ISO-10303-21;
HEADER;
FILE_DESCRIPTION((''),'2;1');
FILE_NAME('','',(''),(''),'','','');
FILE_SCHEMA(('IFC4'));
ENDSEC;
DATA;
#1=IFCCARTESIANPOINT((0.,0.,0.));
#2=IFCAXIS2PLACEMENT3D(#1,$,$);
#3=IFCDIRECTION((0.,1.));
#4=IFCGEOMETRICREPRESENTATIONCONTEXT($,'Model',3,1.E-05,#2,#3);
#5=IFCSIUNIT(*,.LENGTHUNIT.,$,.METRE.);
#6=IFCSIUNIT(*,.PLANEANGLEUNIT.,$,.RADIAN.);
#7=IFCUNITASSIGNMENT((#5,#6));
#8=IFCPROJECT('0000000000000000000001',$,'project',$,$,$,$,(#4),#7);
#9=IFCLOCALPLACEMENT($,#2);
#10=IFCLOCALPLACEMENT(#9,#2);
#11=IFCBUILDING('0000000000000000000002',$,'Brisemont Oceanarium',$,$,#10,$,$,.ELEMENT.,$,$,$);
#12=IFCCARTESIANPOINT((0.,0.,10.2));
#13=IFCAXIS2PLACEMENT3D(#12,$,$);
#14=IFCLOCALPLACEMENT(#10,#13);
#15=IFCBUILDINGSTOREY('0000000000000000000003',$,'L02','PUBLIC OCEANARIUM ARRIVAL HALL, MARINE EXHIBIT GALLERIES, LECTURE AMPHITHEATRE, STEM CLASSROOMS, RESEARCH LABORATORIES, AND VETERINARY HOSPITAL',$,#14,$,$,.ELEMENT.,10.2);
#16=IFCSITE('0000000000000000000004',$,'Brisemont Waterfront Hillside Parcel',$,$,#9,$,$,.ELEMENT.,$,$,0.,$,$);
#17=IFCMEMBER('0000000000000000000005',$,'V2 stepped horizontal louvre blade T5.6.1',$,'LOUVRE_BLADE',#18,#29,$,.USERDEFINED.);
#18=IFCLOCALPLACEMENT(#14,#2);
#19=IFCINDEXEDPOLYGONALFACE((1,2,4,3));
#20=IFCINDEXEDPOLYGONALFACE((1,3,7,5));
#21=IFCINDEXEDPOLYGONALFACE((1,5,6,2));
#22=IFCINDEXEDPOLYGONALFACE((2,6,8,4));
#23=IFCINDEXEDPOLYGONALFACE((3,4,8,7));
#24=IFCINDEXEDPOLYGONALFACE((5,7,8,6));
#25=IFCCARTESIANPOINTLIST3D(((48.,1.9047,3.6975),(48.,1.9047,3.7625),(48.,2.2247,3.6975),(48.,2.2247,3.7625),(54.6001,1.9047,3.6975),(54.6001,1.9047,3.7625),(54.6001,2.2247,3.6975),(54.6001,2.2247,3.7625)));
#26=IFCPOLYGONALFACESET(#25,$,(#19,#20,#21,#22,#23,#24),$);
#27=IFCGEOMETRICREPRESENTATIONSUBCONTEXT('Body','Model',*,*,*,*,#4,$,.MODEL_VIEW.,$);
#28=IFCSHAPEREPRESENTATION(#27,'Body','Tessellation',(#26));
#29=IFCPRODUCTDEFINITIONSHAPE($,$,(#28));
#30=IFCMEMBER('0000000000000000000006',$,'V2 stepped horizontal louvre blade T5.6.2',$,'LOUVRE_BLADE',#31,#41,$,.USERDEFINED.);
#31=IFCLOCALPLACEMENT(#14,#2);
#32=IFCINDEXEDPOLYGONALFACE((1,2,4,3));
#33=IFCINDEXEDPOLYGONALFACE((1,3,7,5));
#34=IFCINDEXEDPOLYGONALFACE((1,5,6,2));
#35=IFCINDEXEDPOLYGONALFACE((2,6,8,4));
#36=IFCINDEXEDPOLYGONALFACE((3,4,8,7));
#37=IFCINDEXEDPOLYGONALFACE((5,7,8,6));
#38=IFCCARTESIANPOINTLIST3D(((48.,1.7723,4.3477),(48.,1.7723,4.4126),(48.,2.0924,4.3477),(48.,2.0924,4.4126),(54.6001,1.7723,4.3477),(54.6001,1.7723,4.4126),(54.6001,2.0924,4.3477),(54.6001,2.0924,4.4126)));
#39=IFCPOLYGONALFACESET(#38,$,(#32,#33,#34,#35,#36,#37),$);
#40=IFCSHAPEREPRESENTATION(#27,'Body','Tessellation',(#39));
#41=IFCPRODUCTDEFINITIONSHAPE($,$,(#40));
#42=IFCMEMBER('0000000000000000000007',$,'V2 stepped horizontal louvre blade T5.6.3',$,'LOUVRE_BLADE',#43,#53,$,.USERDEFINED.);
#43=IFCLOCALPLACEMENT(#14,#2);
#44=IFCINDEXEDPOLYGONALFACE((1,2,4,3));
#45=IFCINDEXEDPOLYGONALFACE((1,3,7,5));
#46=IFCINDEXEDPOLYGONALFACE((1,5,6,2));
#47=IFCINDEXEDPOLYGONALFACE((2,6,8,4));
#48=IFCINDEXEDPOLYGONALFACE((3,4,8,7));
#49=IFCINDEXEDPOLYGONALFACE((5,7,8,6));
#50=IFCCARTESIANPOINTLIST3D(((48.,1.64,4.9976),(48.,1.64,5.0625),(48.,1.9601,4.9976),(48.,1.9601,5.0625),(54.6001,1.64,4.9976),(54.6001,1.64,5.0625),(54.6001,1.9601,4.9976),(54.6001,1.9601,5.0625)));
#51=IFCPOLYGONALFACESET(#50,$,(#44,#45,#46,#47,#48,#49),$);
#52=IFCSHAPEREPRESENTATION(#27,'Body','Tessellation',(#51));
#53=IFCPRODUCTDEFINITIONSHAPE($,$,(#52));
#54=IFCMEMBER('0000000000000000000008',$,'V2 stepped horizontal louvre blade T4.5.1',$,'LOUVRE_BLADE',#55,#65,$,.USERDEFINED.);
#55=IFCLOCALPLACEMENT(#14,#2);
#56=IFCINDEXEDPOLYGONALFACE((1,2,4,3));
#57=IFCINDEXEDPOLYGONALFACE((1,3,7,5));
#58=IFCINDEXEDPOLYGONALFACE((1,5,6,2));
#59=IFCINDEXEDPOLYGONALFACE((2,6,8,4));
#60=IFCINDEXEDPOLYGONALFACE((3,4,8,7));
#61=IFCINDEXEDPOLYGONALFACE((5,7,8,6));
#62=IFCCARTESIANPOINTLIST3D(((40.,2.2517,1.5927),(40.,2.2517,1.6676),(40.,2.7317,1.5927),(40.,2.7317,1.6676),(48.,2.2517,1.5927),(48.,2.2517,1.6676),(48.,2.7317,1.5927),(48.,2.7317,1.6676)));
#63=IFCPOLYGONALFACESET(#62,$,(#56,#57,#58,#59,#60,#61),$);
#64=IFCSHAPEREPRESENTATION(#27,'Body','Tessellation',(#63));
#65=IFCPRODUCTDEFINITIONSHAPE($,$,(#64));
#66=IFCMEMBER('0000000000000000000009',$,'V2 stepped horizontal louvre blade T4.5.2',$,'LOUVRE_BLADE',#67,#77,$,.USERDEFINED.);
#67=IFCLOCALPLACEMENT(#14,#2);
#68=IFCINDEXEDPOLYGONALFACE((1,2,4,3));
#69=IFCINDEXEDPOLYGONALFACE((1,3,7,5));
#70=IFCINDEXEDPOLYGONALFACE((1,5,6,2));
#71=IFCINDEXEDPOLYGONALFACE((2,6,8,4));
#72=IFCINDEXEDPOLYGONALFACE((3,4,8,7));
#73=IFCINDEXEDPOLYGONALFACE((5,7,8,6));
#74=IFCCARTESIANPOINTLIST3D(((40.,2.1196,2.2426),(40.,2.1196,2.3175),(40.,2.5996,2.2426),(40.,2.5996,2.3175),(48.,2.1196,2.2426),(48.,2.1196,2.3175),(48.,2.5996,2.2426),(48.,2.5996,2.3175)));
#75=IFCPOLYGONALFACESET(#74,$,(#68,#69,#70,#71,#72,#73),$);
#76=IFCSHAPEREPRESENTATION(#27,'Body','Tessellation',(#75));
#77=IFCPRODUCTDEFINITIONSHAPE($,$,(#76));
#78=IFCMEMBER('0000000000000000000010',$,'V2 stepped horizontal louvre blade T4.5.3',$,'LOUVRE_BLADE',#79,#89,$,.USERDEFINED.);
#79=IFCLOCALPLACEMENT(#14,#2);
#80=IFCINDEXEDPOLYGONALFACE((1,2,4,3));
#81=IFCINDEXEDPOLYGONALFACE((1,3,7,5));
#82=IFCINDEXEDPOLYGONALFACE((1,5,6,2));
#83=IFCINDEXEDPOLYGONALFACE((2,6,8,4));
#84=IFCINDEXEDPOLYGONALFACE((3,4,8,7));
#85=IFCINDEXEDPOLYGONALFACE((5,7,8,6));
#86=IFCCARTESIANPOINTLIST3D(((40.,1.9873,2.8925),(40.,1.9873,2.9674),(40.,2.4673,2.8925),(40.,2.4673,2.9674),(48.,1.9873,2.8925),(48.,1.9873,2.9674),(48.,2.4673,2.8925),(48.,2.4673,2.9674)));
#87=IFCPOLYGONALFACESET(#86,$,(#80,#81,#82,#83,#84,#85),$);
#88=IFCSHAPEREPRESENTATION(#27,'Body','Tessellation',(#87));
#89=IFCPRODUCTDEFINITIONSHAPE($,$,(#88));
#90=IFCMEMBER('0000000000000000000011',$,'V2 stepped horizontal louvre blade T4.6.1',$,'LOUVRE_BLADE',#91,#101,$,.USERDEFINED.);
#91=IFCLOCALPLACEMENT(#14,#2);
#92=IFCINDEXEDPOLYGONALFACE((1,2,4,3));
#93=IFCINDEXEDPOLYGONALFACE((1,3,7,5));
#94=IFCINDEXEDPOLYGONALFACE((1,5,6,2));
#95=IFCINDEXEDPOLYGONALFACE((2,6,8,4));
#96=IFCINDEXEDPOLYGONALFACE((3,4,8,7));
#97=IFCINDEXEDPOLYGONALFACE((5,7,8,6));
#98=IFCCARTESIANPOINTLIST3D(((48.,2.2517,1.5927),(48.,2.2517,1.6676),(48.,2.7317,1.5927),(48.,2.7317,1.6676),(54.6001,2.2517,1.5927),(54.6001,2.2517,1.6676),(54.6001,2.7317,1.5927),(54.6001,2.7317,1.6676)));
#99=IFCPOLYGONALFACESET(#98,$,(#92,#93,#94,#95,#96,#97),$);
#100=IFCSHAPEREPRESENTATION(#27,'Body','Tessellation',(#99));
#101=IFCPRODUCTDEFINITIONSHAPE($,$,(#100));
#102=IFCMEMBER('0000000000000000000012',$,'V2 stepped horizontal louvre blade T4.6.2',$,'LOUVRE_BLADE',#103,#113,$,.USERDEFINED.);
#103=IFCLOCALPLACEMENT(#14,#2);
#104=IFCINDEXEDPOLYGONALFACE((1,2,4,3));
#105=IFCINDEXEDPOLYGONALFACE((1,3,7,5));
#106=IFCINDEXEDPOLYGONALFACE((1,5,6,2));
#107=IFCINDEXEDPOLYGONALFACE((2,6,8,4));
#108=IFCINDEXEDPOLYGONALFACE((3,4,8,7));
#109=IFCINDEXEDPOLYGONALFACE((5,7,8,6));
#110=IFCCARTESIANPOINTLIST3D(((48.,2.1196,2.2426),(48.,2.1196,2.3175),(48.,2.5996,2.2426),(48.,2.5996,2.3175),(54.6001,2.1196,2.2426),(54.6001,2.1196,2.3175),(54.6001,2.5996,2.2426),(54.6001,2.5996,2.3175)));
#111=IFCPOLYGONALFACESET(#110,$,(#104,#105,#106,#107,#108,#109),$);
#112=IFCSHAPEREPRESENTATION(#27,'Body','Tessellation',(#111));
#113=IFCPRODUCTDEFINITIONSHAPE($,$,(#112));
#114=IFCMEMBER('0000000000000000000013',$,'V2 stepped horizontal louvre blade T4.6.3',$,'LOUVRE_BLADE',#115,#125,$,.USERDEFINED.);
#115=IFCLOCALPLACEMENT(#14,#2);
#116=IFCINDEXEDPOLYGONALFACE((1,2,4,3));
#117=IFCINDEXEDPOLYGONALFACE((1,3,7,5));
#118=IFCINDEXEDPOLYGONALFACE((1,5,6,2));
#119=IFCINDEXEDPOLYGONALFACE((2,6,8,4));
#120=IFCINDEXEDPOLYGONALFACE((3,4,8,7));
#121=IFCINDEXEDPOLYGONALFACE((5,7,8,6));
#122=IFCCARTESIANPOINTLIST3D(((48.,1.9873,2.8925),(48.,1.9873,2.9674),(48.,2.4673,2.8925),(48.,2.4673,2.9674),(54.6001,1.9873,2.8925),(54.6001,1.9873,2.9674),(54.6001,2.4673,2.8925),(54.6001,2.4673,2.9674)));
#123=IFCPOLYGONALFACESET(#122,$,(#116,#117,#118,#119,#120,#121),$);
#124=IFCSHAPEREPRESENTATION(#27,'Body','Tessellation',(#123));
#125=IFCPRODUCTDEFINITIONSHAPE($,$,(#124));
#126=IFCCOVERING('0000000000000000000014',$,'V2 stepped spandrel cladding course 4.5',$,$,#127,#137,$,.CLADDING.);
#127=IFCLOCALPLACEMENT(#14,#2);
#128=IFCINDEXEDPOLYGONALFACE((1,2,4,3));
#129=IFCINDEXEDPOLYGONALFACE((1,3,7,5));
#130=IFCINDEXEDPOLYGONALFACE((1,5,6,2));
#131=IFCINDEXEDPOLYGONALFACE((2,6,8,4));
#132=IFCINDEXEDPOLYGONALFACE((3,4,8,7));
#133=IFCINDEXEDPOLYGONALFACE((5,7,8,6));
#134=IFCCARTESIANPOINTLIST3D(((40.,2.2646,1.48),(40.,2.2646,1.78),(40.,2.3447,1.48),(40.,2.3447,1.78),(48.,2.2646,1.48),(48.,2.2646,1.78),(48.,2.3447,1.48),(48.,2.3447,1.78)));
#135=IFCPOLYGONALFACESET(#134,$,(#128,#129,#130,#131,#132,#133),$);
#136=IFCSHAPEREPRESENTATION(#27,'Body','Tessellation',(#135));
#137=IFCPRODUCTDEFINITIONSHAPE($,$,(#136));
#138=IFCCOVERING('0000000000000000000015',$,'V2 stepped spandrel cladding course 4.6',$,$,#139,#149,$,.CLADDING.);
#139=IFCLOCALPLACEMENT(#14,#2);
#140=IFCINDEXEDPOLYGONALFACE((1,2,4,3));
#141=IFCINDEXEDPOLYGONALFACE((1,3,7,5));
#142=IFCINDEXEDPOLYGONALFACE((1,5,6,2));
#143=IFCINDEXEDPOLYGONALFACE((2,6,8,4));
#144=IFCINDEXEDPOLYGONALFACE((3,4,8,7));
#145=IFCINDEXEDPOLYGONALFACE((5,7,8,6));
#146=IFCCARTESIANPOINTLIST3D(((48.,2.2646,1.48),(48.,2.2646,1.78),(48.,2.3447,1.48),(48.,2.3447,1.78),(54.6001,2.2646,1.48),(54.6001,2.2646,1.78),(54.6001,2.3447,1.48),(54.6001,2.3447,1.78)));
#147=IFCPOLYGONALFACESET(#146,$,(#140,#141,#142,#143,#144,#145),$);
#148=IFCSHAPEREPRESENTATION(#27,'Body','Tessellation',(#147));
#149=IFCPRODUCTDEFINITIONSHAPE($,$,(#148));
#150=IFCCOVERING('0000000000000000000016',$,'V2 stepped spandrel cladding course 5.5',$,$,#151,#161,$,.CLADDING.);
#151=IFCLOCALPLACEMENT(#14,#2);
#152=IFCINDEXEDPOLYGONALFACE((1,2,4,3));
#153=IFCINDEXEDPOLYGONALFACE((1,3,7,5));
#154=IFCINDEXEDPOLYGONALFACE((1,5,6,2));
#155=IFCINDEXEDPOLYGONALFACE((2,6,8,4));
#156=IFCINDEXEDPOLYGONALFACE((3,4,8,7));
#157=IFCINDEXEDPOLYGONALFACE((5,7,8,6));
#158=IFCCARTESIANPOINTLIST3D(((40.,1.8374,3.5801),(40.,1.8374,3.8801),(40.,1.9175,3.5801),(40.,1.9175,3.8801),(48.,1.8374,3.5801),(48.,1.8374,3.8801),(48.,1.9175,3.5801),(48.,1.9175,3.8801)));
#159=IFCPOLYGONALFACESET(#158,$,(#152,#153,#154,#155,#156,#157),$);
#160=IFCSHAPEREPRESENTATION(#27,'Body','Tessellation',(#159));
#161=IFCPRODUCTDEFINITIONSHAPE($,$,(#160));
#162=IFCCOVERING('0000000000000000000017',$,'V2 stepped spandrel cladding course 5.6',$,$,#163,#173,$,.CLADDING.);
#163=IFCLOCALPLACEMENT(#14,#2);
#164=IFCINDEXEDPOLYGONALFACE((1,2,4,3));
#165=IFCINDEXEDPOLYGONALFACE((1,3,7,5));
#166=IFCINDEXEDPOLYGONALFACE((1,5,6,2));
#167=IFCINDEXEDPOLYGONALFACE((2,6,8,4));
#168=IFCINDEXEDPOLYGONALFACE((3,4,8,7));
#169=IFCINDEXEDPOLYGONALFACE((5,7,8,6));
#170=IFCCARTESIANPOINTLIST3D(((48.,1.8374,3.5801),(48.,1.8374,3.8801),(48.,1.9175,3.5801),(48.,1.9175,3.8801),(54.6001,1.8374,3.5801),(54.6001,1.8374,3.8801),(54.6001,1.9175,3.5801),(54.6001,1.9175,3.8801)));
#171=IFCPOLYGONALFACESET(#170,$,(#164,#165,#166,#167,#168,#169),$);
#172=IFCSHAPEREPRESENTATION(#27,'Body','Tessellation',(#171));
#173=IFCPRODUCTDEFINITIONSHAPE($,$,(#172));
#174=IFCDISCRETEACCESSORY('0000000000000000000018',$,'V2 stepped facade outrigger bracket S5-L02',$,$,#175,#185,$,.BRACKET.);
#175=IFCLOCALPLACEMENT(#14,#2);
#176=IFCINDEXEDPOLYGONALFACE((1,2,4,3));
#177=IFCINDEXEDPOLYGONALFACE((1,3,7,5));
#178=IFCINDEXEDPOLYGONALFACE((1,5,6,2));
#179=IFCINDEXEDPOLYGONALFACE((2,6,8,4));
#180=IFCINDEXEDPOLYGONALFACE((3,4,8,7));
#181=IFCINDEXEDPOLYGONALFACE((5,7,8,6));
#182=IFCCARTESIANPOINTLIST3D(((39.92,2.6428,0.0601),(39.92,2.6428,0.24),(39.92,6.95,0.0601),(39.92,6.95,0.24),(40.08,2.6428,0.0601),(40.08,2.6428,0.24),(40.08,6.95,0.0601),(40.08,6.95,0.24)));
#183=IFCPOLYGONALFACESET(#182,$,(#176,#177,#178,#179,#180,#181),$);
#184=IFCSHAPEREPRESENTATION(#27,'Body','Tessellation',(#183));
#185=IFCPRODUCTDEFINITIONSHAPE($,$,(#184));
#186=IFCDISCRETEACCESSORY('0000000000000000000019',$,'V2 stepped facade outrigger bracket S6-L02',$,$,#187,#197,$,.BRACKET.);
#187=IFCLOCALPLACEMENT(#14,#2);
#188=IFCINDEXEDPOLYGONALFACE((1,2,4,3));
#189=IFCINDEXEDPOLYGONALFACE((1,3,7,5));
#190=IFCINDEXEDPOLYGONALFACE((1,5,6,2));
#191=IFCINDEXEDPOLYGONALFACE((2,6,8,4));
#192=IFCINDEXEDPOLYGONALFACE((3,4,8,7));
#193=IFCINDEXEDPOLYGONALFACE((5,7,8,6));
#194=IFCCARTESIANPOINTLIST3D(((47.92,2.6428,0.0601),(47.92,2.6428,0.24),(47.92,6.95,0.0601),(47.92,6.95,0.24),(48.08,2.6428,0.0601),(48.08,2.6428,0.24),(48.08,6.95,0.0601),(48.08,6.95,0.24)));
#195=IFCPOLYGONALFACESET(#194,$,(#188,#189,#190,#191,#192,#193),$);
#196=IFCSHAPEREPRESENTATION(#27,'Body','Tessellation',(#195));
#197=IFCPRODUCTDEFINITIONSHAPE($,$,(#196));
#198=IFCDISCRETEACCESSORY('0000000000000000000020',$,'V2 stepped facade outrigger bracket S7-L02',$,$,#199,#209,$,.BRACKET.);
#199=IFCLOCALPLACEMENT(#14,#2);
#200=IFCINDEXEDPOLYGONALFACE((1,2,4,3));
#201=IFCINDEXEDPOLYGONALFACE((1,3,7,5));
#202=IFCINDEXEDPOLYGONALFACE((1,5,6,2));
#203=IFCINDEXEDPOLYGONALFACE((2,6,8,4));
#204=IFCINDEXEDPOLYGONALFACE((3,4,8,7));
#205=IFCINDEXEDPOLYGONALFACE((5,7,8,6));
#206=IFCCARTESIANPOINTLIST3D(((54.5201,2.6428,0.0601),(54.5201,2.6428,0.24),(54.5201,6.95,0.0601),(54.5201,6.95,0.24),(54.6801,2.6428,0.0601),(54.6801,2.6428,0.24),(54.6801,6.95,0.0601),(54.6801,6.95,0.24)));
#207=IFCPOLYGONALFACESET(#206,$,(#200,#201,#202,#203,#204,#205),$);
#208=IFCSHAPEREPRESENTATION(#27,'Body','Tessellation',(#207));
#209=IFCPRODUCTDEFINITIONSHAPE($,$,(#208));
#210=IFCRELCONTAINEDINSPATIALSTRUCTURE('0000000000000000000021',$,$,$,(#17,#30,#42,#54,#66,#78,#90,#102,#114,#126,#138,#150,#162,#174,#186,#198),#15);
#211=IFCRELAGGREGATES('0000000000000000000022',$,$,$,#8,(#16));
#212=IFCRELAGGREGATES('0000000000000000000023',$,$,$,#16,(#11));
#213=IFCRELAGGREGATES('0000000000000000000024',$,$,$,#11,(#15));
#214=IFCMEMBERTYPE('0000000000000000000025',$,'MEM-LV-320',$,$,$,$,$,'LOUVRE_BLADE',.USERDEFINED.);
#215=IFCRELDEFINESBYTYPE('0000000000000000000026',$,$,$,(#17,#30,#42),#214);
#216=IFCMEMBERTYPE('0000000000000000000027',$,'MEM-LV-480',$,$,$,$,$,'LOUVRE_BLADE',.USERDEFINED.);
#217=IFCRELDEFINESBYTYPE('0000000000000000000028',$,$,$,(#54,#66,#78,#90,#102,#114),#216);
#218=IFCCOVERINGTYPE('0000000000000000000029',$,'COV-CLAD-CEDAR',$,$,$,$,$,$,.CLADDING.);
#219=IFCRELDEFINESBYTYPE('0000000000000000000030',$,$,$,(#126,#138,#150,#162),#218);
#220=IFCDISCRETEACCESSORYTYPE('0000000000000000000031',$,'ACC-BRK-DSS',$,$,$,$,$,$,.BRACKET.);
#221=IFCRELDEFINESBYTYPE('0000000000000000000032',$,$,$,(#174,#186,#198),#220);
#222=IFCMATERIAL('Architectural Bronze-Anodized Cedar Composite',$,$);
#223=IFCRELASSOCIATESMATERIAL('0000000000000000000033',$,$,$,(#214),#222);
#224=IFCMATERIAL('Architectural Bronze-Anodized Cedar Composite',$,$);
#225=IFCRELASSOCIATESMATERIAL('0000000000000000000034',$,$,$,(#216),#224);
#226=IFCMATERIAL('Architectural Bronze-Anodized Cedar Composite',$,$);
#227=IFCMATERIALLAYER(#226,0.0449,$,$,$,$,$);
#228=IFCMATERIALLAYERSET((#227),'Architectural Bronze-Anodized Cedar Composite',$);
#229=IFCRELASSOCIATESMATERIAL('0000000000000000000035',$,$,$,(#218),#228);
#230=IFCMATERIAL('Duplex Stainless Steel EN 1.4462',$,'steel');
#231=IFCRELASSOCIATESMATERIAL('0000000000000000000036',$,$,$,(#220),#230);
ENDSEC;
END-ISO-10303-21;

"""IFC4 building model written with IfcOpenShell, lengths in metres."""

from ifc_helpers import new_model, si_unit, direction, frame, origin, origin_2d, place, context, subcontext, project, spatial, rectangle, extrude, material, layer, layer_set, material_profile, profile_set, type_object, element, save


model = new_model("IFC4")

# Units and contexts
model_context = context("Model", 3, precision=1e-05, world=origin(), true_north=direction((0.0, 1.0)))
body_context = subcontext(model_context, "Body", "Model", "MODEL_VIEW")
ifc_project = project(units=[si_unit("LENGTHUNIT", "METRE"), si_unit("PLANEANGLEUNIT", "RADIAN")], contexts=[model_context])

# Site, building, storey
site_placement = place(None, origin())
site = spatial("IfcSite", under=ifc_project, at=site_placement, Name="Brisemont Waterfront Hillside Parcel", CompositionType="ELEMENT", RefElevation=0.0)
building_placement = place(site_placement, origin())
building = spatial("IfcBuilding", under=site, at=building_placement, Name="Brisemont Oceanarium", CompositionType="ELEMENT")
storey_placement = place(building_placement, frame((0.0, 0.0, 10.2)))
storey = spatial("IfcBuildingStorey", under=building, at=storey_placement, Name="L02", Description="PUBLIC OCEANARIUM ARRIVAL HALL, MARINE EXHIBIT GALLERIES, LECTURE AMPHITHEATRE, STEM CLASSROOMS, RESEARCH LABORATORIES, AND VETERINARY HOSPITAL", CompositionType="ELEMENT", Elevation=10.2)

# Members
ifc_material_1 = material(Name="Architectural Bronze-Anodized Cedar Composite")
ifc_material_profile_1 = material_profile(ifc_material_1, rectangle(XDim=0.3201, YDim=0.0649, at=origin_2d()), Name="LOUVRE-320X65")
ifc_profile_set_1 = profile_set([ifc_material_profile_1], Name="Architectural Bronze-Anodized Cedar Composite")
member_type_1 = type_object("IfcMemberType", Name="MEM-LV-320", ElementType="LOUVRE_BLADE", PredefinedType="USERDEFINED", material=ifc_profile_set_1)
for number, where, z_axis, x_axis, name in (
    (1, (48.0, 2.0647, 3.73), (1.0, 0.0, 0.0), (0.0, 1.0, 0.0), "V2 stepped horizontal louvre blade T5.6.1"),
    (2, (48.0, 1.9324, 4.3801), (1.0, 0.0, 0.0), (0.0, 1.0, 0.0), "V2 stepped horizontal louvre blade T5.6.2"),
    (3, (48.0, 1.8, 5.03), (1.0, 0.0, 0.0), (0.0, 1.0, 0.0), "V2 stepped horizontal louvre blade T5.6.3"),
):
    element("IfcMember", number, at=place(storey_placement, frame(where, z_axis=z_axis, x_axis=x_axis)), inside=storey, type_object=member_type_1, Name=name, ObjectType="LOUVRE_BLADE", PredefinedType="USERDEFINED", context=body_context, shape_type="SweptSolid", body=[
        extrude(rectangle(XDim=0.3201, YDim=0.0649, at=origin_2d()), origin(), (0.0, 0.0, 1.0), 6.6001),
    ])
ifc_material_2 = material(Name="Architectural Bronze-Anodized Cedar Composite")
ifc_material_profile_2 = material_profile(ifc_material_2, rectangle(XDim=0.48, YDim=0.075, at=origin_2d()), Name="LOUVRE-480X75")
ifc_profile_set_2 = profile_set([ifc_material_profile_2], Name="Architectural Bronze-Anodized Cedar Composite")
member_type_2 = type_object("IfcMemberType", Name="MEM-LV-480", ElementType="LOUVRE_BLADE", PredefinedType="USERDEFINED", material=ifc_profile_set_2)
for number, where, z_axis, x_axis, name in (
    (4, (40.0, 2.4917, 1.6301), (1.0, 0.0, 0.0), (0.0, 1.0, 0.0), "V2 stepped horizontal louvre blade T4.5.1"),
    (5, (40.0, 2.3596, 2.28), (1.0, 0.0, 0.0), (0.0, 1.0, 0.0), "V2 stepped horizontal louvre blade T4.5.2"),
    (6, (40.0, 2.2273, 2.9299), (1.0, 0.0, 0.0), (0.0, 1.0, 0.0), "V2 stepped horizontal louvre blade T4.5.3"),
):
    element("IfcMember", number, at=place(storey_placement, frame(where, z_axis=z_axis, x_axis=x_axis)), inside=storey, type_object=member_type_2, Name=name, ObjectType="LOUVRE_BLADE", PredefinedType="USERDEFINED", context=body_context, shape_type="SweptSolid", body=[
        extrude(rectangle(XDim=0.48, YDim=0.075, at=origin_2d()), origin(), (0.0, 0.0, 1.0), 8.0),
    ])
for number, where, z_axis, x_axis, name in (
    (7, (48.0, 2.4917, 1.6301), (1.0, 0.0, 0.0), (0.0, 1.0, 0.0), "V2 stepped horizontal louvre blade T4.6.1"),
    (8, (48.0, 2.3596, 2.28), (1.0, 0.0, 0.0), (0.0, 1.0, 0.0), "V2 stepped horizontal louvre blade T4.6.2"),
    (9, (48.0, 2.2273, 2.9299), (1.0, 0.0, 0.0), (0.0, 1.0, 0.0), "V2 stepped horizontal louvre blade T4.6.3"),
):
    element("IfcMember", number, at=place(storey_placement, frame(where, z_axis=z_axis, x_axis=x_axis)), inside=storey, type_object=member_type_2, Name=name, ObjectType="LOUVRE_BLADE", PredefinedType="USERDEFINED", context=body_context, shape_type="SweptSolid", body=[
        extrude(rectangle(XDim=0.48, YDim=0.075, at=origin_2d()), origin(), (0.0, 0.0, 1.0), 6.6001),
    ])

# Coverings
ifc_material_3 = material(Name="Architectural Bronze-Anodized Cedar Composite")
ifc_layer = layer(ifc_material_3, 0.0449)
ifc_layer_set = layer_set([ifc_layer], Name="Architectural Bronze-Anodized Cedar Composite")
covering_type = type_object("IfcCoveringType", Name="COV-CLAD-CEDAR", PredefinedType="CLADDING", material=ifc_layer_set)
covering_1_placement = place(storey_placement, frame((44.0, 2.3047, 1.48), z_axis=(0.0, 0.0, 1.0), x_axis=(1.0, 0.0, 0.0)))
element("IfcCovering", 10, at=covering_1_placement, inside=storey, type_object=covering_type, Name="V2 stepped spandrel cladding course 4.5", PredefinedType="CLADDING", context=body_context, shape_type="SweptSolid", body=[
    extrude(rectangle(XDim=8.0, YDim=0.0801, at=origin_2d()), origin(), (0.0, 0.0, 1.0), 0.3),
])
covering_2_placement = place(storey_placement, frame((51.3, 2.3047, 1.48), z_axis=(0.0, 0.0, 1.0), x_axis=(1.0, 0.0, 0.0)))
element("IfcCovering", 11, at=covering_2_placement, inside=storey, type_object=covering_type, Name="V2 stepped spandrel cladding course 4.6", PredefinedType="CLADDING", context=body_context, shape_type="SweptSolid", body=[
    extrude(rectangle(XDim=6.6001, YDim=0.0801, at=origin_2d()), origin(), (0.0, 0.0, 1.0), 0.3),
])
covering_3_placement = place(storey_placement, frame((44.0, 1.8774, 3.5801), z_axis=(0.0, 0.0, 1.0), x_axis=(1.0, 0.0, 0.0)))
element("IfcCovering", 12, at=covering_3_placement, inside=storey, type_object=covering_type, Name="V2 stepped spandrel cladding course 5.5", PredefinedType="CLADDING", context=body_context, shape_type="SweptSolid", body=[
    extrude(rectangle(XDim=8.0, YDim=0.0801, at=origin_2d()), origin(), (0.0, 0.0, 1.0), 0.3),
])
covering_4_placement = place(storey_placement, frame((51.3, 1.8774, 3.5801), z_axis=(0.0, 0.0, 1.0), x_axis=(1.0, 0.0, 0.0)))
element("IfcCovering", 13, at=covering_4_placement, inside=storey, type_object=covering_type, Name="V2 stepped spandrel cladding course 5.6", PredefinedType="CLADDING", context=body_context, shape_type="SweptSolid", body=[
    extrude(rectangle(XDim=6.6001, YDim=0.0801, at=origin_2d()), origin(), (0.0, 0.0, 1.0), 0.3),
])

# Discrete accessories
ifc_material_4 = material(Name="Duplex Stainless Steel EN 1.4462", Category="steel")
discrete_accessory_type = type_object("IfcDiscreteAccessoryType", Name="ACC-BRK-DSS", PredefinedType="BRACKET", material=ifc_material_4)
for number, where, z_axis, x_axis, name in (
    (14, (40.0, 4.7964, 0.0601), (0.0, 0.0, 1.0), (1.0, 0.0, 0.0), "V2 stepped facade outrigger bracket S5-L02"),
    (15, (48.0, 4.7964, 0.0601), (0.0, 0.0, 1.0), (1.0, 0.0, 0.0), "V2 stepped facade outrigger bracket S6-L02"),
    (16, (54.6001, 4.7964, 0.0601), (0.0, 0.0, 1.0), (1.0, 0.0, 0.0), "V2 stepped facade outrigger bracket S7-L02"),
):
    element("IfcDiscreteAccessory", number, at=place(storey_placement, frame(where, z_axis=z_axis, x_axis=x_axis)), inside=storey, type_object=discrete_accessory_type, Name=name, PredefinedType="BRACKET", context=body_context, shape_type="SweptSolid", body=[
        extrude(rectangle(XDim=0.1599, YDim=4.3071, at=origin_2d()), origin(), (0.0, 0.0, 1.0), 0.1799),
    ])

save(model, "model.ifc")
